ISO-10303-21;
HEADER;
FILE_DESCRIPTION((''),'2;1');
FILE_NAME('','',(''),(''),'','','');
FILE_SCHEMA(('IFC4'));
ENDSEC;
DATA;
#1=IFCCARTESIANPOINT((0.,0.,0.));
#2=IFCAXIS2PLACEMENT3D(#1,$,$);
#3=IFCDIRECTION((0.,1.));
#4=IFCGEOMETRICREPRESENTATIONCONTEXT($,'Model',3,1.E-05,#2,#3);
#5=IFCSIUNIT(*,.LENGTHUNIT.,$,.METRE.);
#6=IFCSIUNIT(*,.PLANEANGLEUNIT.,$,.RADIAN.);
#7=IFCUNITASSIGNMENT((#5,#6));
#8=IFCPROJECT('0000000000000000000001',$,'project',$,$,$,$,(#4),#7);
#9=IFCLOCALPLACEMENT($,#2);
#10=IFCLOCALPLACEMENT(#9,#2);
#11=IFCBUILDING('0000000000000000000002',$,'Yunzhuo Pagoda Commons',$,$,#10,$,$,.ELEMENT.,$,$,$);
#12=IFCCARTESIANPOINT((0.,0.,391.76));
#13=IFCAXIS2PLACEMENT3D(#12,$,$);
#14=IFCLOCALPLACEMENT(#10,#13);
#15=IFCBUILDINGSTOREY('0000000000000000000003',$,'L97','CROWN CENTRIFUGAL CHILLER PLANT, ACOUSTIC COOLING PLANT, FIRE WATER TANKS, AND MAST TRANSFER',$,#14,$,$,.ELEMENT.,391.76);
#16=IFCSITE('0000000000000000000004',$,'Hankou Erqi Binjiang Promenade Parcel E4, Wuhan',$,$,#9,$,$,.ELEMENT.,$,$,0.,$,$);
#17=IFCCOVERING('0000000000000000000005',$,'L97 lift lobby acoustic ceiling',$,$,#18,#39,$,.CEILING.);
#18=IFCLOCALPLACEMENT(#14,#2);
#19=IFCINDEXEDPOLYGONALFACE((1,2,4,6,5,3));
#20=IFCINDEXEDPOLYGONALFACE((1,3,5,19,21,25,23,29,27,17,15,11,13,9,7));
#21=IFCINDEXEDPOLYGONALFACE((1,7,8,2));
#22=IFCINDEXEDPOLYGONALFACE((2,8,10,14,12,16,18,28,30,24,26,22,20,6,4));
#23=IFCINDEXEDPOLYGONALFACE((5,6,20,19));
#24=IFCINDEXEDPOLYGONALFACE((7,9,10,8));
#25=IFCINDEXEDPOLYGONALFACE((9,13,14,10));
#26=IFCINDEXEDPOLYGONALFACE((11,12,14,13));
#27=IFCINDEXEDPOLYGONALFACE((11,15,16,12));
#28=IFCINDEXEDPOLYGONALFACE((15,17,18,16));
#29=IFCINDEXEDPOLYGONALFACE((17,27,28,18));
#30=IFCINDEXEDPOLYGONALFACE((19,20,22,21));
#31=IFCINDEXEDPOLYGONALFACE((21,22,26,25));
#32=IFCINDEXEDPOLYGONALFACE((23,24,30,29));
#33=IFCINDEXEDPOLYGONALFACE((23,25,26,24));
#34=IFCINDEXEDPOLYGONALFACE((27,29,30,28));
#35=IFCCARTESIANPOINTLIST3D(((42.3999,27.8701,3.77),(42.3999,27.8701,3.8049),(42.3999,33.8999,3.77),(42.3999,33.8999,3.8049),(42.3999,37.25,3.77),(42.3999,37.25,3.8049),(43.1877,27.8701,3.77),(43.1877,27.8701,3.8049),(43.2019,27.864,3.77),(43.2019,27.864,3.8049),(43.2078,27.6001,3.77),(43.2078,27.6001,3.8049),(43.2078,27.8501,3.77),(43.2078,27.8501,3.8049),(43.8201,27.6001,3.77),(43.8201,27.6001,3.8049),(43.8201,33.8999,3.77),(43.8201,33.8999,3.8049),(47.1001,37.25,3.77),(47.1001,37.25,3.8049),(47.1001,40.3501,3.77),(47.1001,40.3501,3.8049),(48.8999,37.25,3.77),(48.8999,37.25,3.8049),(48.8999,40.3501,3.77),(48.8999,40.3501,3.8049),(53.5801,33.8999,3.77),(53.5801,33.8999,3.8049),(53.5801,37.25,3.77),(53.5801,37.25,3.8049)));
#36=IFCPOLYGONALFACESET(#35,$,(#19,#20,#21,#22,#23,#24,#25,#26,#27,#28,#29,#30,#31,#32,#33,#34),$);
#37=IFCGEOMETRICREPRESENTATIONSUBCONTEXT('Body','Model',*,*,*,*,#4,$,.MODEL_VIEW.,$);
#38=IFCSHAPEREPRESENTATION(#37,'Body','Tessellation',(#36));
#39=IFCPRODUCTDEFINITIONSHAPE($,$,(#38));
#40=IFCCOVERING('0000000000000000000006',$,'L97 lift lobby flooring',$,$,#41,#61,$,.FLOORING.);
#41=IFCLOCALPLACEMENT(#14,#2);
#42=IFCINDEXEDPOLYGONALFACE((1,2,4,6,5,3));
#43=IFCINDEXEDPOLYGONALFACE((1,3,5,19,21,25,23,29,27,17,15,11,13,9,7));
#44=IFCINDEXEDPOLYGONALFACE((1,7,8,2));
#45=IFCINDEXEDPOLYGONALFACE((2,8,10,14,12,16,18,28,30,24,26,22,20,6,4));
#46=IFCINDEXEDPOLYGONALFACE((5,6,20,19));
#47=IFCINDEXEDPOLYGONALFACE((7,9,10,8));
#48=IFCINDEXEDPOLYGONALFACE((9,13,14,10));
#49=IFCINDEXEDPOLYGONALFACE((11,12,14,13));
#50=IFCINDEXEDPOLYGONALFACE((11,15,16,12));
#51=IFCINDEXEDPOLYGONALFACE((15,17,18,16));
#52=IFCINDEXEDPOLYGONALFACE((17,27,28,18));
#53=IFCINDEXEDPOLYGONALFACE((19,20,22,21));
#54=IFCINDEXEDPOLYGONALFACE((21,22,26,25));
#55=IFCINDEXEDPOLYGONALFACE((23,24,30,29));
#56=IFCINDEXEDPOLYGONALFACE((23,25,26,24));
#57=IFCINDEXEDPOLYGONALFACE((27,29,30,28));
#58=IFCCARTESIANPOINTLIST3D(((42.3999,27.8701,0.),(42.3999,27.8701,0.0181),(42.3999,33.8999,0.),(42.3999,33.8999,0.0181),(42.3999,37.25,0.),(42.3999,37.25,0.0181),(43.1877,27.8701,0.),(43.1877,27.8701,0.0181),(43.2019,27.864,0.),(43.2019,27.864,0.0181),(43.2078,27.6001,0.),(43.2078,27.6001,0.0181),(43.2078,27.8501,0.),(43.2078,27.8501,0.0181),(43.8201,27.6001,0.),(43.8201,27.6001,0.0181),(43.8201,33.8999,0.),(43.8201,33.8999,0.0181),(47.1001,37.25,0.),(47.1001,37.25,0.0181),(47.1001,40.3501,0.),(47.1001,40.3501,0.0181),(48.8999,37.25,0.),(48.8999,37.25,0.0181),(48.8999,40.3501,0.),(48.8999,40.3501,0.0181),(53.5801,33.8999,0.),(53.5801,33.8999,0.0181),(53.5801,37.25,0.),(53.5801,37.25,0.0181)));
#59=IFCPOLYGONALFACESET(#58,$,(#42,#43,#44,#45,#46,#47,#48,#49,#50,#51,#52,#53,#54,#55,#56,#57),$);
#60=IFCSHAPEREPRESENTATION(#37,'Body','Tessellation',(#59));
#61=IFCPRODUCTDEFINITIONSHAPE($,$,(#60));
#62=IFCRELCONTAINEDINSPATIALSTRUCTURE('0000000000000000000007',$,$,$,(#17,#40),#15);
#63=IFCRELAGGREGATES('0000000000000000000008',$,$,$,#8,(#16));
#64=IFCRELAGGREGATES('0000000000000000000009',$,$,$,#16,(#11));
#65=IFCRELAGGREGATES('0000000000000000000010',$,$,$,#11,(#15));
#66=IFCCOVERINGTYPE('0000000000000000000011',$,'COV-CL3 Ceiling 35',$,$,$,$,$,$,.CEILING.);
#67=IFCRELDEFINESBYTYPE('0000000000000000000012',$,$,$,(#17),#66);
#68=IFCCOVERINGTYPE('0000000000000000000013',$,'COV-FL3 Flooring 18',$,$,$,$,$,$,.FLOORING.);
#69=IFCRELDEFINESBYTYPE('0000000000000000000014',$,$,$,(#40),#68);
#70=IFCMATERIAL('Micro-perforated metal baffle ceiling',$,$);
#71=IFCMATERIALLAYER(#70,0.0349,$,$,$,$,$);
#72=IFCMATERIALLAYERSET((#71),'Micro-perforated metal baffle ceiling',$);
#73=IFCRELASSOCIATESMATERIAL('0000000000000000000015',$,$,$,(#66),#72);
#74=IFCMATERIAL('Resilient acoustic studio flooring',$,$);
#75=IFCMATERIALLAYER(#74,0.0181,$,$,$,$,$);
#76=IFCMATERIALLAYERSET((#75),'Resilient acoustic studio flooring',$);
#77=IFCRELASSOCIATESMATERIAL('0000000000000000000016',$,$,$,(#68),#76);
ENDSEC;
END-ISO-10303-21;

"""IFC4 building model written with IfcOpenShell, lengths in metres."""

from ifc_helpers import new_model, si_unit, direction, frame, origin, place, context, subcontext, project, spatial, polyline, outline, extrude, material, layer, layer_set, type_object, element, save


model = new_model("IFC4")

# Units and contexts
model_context = context("Model", 3, precision=1e-05, world=origin(), true_north=direction((0.0, 1.0)))
body_context = subcontext(model_context, "Body", "Model", "MODEL_VIEW")
ifc_project = project(units=[si_unit("LENGTHUNIT", "METRE"), si_unit("PLANEANGLEUNIT", "RADIAN")], contexts=[model_context])

# Site, building, storey
site_placement = place(None, origin())
site = spatial("IfcSite", under=ifc_project, at=site_placement, Name="Hankou Erqi Binjiang Promenade Parcel E4, Wuhan", CompositionType="ELEMENT", RefElevation=0.0)
building_placement = place(site_placement, origin())
building = spatial("IfcBuilding", under=site, at=building_placement, Name="Yunzhuo Pagoda Commons", CompositionType="ELEMENT")
storey_placement = place(building_placement, frame((0.0, 0.0, 391.76)))
storey = spatial("IfcBuildingStorey", under=building, at=storey_placement, Name="L97", Description="CROWN CENTRIFUGAL CHILLER PLANT, ACOUSTIC COOLING PLANT, FIRE WATER TANKS, AND MAST TRANSFER", CompositionType="ELEMENT", Elevation=391.76)

# Coverings
ifc_material_1 = material(Name="Micro-perforated metal baffle ceiling")
ifc_layer_1 = layer(ifc_material_1, 0.0349)
ifc_layer_set_1 = layer_set([ifc_layer_1], Name="Micro-perforated metal baffle ceiling")
covering_type_1 = type_object("IfcCoveringType", Name="COV-CL3 Ceiling 35", PredefinedType="CEILING", material=ifc_layer_set_1)
covering_1_placement = place(storey_placement, frame((0.0, 0.0, 3.77)))
element("IfcCovering", 1, at=covering_1_placement, inside=storey, type_object=covering_type_1, Name="L97 lift lobby acoustic ceiling", PredefinedType="CEILING", context=body_context, shape_type="SweptSolid", body=[
    extrude(outline(polyline([(43.2078, 27.8501), (43.2019, 27.864), (43.1877, 27.8701), (42.3999, 27.8701), (42.3999, 33.8999), (42.3999, 37.25), (47.1001, 37.25), (47.1001, 40.3501), (48.8999, 40.3501), (48.8999, 37.25), (53.5801, 37.25), (53.5801, 33.8999), (43.8201, 33.8999), (43.8201, 27.6001), (43.2078, 27.6001), (43.2078, 27.8501)])), origin(), (0.0, 0.0, 1.0), 0.0349),
])
ifc_material_2 = material(Name="Resilient acoustic studio flooring")
ifc_layer_2 = layer(ifc_material_2, 0.0181)
ifc_layer_set_2 = layer_set([ifc_layer_2], Name="Resilient acoustic studio flooring")
covering_type_2 = type_object("IfcCoveringType", Name="COV-FL3 Flooring 18", PredefinedType="FLOORING", material=ifc_layer_set_2)
covering_2_placement = place(storey_placement, origin())
element("IfcCovering", 2, at=covering_2_placement, inside=storey, type_object=covering_type_2, Name="L97 lift lobby flooring", PredefinedType="FLOORING", context=body_context, shape_type="SweptSolid", body=[
    extrude(outline(polyline([(43.2078, 27.8501), (43.2019, 27.864), (43.1877, 27.8701), (42.3999, 27.8701), (42.3999, 33.8999), (42.3999, 37.25), (47.1001, 37.25), (47.1001, 40.3501), (48.8999, 40.3501), (48.8999, 37.25), (53.5801, 37.25), (53.5801, 33.8999), (43.8201, 33.8999), (43.8201, 27.6001), (43.2078, 27.6001), (43.2078, 27.8501)])), origin(), (0.0, 0.0, 1.0), 0.0181),
])

save(model, "model.ifc")
